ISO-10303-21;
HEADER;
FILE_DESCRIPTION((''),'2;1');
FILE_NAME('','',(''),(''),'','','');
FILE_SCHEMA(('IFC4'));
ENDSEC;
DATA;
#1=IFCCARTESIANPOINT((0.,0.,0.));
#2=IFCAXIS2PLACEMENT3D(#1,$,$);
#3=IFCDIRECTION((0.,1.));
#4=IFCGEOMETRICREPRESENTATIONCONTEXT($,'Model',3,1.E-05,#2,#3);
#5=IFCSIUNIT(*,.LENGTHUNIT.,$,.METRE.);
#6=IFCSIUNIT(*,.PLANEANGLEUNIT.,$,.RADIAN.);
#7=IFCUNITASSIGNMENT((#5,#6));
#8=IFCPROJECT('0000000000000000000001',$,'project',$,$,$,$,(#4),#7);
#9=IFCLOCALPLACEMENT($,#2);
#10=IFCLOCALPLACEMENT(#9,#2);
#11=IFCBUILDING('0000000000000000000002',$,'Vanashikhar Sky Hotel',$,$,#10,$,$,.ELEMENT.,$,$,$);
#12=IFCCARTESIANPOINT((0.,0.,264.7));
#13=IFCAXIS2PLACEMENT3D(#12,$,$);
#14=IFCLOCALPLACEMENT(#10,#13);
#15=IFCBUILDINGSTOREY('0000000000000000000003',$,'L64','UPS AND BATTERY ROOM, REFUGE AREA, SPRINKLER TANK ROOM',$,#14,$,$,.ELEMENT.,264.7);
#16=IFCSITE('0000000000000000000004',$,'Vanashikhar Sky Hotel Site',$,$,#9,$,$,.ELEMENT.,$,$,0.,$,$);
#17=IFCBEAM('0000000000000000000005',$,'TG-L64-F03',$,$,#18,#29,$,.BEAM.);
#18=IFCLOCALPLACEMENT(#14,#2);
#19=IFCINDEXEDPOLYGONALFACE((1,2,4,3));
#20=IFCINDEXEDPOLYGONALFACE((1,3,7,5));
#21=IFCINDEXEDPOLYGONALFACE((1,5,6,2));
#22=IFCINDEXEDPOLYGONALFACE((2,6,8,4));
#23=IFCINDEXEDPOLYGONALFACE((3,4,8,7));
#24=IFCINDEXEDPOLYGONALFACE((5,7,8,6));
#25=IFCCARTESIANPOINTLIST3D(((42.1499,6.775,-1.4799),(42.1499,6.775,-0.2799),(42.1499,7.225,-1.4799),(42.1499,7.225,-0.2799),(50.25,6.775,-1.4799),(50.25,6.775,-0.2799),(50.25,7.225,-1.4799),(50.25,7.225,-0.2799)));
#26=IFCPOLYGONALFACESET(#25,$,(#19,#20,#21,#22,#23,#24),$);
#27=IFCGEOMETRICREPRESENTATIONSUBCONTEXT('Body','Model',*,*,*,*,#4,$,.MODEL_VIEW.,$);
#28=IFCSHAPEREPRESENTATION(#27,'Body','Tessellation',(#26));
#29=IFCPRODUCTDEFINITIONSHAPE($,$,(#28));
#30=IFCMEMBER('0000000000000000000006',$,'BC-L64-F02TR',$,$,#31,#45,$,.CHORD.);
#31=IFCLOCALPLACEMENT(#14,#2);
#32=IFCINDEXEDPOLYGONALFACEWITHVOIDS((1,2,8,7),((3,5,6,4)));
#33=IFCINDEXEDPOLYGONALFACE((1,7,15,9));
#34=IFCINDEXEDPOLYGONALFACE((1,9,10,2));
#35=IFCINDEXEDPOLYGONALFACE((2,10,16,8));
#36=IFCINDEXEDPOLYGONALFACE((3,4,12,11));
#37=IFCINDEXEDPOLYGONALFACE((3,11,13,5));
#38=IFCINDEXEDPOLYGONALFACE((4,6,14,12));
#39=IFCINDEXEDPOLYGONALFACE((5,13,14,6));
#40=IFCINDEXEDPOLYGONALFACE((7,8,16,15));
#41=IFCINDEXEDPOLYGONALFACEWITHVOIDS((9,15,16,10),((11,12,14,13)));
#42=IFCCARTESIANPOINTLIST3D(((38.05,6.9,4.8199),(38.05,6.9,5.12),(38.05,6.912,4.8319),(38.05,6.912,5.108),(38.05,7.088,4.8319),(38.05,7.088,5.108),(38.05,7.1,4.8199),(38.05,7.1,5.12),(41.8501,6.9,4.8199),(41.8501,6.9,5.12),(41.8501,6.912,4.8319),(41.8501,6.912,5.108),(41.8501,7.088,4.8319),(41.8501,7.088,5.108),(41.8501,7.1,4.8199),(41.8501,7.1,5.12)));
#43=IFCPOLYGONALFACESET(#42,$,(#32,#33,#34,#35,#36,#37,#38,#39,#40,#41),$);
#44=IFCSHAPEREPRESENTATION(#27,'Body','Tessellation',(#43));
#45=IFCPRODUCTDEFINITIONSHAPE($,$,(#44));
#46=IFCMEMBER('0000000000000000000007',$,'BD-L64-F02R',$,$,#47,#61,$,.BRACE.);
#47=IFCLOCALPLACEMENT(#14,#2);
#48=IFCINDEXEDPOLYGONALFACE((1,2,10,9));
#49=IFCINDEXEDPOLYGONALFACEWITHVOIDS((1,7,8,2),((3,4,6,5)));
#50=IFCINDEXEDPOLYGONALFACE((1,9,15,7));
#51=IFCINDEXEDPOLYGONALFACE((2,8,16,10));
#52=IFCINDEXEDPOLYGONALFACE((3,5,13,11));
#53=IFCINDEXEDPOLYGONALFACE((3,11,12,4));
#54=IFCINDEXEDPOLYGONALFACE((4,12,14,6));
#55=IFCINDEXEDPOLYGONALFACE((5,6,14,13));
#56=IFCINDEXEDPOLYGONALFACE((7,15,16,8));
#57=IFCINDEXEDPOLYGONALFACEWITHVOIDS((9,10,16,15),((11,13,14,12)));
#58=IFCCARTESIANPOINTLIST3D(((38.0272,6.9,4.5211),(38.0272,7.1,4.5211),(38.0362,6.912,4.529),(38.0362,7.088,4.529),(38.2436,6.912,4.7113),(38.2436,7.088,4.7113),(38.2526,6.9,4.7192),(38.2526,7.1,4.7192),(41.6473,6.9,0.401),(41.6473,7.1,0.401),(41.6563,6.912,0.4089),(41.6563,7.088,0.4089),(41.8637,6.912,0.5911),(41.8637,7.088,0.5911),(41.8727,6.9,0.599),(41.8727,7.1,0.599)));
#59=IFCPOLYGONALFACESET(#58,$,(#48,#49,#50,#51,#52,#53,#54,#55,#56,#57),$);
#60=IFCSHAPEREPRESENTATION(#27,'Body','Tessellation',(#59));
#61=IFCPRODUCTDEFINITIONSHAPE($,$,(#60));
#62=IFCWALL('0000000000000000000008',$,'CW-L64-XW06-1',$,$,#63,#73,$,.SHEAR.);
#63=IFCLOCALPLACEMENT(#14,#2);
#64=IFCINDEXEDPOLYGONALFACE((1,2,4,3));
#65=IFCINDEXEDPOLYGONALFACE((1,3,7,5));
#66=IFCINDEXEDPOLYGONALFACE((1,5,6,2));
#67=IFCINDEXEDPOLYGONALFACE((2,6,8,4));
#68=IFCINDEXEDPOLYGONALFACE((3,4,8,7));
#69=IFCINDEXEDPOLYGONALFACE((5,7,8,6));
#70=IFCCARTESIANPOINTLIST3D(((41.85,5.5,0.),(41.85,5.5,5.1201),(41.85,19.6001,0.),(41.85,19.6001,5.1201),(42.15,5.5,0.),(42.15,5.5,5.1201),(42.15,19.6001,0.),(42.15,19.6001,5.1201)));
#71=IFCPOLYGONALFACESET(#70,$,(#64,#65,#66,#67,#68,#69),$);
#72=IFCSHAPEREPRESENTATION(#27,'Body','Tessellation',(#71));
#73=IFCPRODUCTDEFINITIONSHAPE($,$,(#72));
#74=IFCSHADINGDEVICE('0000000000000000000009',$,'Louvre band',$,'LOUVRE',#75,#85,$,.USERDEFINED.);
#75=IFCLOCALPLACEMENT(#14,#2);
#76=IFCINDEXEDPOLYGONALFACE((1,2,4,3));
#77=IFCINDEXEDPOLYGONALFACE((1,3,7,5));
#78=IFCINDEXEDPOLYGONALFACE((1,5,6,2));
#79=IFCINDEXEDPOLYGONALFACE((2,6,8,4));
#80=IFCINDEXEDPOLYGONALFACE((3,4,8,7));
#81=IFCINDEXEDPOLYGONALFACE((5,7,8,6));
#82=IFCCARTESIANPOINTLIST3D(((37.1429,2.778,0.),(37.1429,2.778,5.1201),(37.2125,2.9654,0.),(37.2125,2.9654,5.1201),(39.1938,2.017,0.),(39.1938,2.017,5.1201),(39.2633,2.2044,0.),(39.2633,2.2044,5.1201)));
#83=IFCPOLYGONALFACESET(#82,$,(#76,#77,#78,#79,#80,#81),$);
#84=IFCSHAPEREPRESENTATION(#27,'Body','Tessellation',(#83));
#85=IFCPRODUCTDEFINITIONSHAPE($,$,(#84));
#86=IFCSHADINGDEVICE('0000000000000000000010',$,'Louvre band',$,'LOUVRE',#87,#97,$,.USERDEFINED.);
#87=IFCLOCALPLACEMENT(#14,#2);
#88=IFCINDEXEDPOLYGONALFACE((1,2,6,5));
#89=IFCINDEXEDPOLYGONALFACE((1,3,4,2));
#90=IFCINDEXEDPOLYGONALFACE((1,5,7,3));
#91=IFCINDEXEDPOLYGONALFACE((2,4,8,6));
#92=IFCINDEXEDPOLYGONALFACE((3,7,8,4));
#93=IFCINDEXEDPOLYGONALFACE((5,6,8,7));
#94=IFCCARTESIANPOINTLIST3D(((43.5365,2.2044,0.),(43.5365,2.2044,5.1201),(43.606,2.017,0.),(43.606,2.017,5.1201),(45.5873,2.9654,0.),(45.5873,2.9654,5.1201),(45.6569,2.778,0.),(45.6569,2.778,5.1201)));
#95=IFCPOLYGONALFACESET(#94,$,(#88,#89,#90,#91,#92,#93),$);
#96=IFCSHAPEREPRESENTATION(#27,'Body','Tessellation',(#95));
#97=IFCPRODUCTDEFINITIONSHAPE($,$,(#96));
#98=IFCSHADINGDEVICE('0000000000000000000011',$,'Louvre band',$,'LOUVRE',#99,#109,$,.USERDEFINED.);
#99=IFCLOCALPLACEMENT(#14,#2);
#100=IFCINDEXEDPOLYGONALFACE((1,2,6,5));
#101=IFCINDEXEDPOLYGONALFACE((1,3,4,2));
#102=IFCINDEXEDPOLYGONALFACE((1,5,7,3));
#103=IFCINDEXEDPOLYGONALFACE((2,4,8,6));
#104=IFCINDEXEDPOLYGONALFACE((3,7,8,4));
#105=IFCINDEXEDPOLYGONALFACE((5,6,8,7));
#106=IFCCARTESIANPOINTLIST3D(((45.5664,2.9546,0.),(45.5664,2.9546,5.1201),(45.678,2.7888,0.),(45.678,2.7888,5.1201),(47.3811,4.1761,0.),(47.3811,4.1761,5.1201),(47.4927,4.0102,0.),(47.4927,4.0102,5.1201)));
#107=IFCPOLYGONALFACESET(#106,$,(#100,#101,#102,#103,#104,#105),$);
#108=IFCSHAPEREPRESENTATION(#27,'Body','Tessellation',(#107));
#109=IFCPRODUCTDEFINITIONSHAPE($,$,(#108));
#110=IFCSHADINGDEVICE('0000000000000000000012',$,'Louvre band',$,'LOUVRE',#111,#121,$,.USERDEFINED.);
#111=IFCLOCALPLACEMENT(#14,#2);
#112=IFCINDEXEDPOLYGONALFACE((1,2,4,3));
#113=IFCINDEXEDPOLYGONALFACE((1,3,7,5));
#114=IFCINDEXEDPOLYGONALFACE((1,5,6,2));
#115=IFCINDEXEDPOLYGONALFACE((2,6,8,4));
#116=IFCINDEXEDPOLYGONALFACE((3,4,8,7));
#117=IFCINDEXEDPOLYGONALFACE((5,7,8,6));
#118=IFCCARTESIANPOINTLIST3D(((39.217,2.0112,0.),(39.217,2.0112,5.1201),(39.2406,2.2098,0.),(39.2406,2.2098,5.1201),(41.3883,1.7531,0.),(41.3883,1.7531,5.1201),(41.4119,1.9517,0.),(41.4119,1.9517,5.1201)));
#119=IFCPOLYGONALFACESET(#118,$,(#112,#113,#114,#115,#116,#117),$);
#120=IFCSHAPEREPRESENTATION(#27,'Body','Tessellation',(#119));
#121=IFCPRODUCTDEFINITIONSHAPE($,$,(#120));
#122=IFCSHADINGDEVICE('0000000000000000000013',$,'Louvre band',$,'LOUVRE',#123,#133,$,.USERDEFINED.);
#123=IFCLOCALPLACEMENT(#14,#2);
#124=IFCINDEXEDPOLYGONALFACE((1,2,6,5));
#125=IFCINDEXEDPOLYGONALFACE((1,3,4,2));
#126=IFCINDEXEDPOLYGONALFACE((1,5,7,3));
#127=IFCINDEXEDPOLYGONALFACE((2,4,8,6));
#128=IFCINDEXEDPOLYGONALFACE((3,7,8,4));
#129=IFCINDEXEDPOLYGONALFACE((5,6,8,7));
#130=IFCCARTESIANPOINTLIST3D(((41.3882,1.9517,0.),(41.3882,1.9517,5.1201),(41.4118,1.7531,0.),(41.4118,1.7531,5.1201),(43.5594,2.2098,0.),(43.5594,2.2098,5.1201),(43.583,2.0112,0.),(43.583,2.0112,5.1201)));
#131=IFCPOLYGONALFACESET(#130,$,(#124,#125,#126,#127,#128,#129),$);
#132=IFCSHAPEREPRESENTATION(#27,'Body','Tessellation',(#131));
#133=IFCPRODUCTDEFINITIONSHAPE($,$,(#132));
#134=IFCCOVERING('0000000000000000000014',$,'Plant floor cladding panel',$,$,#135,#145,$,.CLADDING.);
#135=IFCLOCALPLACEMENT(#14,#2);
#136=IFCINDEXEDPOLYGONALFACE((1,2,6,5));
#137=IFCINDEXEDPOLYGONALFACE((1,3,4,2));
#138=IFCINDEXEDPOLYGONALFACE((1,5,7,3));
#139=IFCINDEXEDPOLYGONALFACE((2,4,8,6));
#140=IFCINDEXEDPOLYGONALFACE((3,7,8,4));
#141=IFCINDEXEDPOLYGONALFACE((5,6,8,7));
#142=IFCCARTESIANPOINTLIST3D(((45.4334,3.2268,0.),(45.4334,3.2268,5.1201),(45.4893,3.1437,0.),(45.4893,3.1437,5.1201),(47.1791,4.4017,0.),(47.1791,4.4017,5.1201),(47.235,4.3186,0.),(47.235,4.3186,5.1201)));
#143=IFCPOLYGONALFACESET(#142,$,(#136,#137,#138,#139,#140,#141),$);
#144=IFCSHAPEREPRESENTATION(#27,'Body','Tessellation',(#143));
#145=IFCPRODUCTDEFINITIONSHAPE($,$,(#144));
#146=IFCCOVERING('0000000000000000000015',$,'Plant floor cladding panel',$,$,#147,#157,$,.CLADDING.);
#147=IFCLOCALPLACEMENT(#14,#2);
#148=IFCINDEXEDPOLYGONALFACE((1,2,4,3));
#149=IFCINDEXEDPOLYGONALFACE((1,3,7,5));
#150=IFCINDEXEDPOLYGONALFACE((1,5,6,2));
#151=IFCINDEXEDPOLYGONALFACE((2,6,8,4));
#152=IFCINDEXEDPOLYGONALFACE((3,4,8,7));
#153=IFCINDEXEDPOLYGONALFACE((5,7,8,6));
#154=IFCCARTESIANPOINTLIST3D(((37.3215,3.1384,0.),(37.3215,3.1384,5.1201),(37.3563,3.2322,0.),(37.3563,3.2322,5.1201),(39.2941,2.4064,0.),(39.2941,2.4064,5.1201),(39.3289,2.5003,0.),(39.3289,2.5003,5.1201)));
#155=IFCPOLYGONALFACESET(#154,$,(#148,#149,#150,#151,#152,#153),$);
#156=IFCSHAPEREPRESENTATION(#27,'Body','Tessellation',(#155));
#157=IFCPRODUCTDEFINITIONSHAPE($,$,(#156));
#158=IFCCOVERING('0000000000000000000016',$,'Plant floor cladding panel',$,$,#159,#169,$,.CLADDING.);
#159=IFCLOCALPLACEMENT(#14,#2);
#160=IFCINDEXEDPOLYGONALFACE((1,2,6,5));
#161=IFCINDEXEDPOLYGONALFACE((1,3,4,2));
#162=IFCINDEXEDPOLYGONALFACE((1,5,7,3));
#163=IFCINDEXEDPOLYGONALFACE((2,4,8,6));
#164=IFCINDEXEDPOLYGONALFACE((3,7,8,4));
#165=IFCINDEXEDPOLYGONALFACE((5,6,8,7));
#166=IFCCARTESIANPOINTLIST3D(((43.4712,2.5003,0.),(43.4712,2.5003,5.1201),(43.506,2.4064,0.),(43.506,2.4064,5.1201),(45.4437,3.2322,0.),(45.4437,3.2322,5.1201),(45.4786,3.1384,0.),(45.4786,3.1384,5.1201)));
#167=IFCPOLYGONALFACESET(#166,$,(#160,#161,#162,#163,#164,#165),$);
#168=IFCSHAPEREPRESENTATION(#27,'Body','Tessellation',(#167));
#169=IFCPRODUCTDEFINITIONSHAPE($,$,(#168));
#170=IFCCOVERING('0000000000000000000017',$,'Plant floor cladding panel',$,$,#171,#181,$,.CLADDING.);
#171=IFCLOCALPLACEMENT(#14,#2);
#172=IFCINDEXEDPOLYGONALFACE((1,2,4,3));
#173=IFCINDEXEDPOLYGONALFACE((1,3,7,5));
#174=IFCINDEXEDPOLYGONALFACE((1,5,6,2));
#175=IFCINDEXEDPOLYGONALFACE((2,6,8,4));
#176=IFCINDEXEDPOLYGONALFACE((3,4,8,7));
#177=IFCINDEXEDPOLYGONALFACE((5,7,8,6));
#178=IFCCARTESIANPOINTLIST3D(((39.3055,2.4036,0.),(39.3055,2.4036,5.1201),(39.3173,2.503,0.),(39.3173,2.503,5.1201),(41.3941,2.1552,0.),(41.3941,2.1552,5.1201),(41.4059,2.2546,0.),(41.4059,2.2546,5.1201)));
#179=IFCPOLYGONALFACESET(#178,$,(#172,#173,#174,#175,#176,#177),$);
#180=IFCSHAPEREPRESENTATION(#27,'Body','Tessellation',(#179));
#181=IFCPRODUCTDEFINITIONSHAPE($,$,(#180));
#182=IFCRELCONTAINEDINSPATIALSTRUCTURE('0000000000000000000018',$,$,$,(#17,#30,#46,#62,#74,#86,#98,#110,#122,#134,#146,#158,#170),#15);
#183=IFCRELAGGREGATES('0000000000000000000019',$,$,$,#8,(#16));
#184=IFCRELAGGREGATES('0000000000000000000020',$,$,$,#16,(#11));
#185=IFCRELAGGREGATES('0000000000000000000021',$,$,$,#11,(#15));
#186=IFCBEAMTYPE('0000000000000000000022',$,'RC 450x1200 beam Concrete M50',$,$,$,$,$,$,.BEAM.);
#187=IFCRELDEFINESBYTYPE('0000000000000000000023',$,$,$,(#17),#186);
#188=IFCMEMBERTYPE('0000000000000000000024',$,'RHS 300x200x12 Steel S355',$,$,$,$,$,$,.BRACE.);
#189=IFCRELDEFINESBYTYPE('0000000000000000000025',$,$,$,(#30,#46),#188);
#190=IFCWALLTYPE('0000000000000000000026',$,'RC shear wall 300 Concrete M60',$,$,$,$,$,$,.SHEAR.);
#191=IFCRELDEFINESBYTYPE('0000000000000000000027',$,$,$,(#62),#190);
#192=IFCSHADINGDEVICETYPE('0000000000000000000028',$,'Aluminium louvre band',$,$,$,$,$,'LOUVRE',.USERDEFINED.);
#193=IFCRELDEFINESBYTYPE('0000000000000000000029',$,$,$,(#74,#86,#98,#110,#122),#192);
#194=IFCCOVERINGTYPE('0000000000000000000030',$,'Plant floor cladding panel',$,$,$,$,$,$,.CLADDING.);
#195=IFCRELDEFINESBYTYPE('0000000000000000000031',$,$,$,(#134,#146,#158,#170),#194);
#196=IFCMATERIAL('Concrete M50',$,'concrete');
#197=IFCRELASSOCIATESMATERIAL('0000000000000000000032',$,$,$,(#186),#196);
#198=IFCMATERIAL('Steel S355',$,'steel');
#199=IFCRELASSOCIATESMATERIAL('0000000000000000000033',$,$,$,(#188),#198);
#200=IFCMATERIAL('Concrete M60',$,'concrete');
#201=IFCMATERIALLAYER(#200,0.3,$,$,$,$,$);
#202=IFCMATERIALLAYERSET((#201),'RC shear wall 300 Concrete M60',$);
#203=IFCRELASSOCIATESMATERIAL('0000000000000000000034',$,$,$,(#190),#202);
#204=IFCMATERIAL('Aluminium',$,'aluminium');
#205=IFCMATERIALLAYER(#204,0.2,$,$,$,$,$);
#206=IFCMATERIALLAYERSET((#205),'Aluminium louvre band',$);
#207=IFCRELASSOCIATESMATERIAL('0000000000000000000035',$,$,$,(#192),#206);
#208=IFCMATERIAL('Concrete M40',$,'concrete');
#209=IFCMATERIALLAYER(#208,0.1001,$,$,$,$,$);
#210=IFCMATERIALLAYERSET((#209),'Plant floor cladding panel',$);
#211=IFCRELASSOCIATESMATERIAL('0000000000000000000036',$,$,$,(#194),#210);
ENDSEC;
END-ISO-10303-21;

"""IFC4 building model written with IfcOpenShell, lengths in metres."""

from ifc_helpers import new_model, si_unit, direction, frame, frame_2d, origin, origin_2d, place, context, subcontext, project, spatial, rectangle, hollow_rectangle, extrude, source, transform, mapped, material, layer, layer_set, material_profile, profile_set, type_object, element, save


model = new_model("IFC4")

# Units and contexts
model_context = context("Model", 3, precision=1e-05, world=origin(), true_north=direction((0.0, 1.0)))
body_context = subcontext(model_context, "Body", "Model", "MODEL_VIEW")
ifc_project = project(units=[si_unit("LENGTHUNIT", "METRE"), si_unit("PLANEANGLEUNIT", "RADIAN")], contexts=[model_context])

# Site, building, storey
site_placement = place(None, origin())
site = spatial("IfcSite", under=ifc_project, at=site_placement, Name="Vanashikhar Sky Hotel Site", CompositionType="ELEMENT", RefElevation=0.0)
building_placement = place(site_placement, origin())
building = spatial("IfcBuilding", under=site, at=building_placement, Name="Vanashikhar Sky Hotel", CompositionType="ELEMENT")
storey_placement = place(building_placement, frame((0.0, 0.0, 264.7)))
storey = spatial("IfcBuildingStorey", under=building, at=storey_placement, Name="L64", Description="UPS AND BATTERY ROOM, REFUGE AREA, SPRINKLER TANK ROOM", CompositionType="ELEMENT", Elevation=264.7)

# Beam
ifc_material_1 = material(Name="Concrete M50", Category="concrete")
ifc_material_profile_1 = material_profile(ifc_material_1, rectangle(XDim=0.45, YDim=1.2, at=origin_2d()))
ifc_profile_set_1 = profile_set([ifc_material_profile_1], Name="RC 450x1200 beam Concrete M50")
beam_type = type_object("IfcBeamType", Name="RC 450x1200 beam Concrete M50", PredefinedType="BEAM", material=ifc_profile_set_1)
shared_shape_1 = source(origin(), body_context, "Body", "SweptSolid", [
    extrude(rectangle(XDim=0.45, YDim=1.2, at=origin_2d()), origin(), (0.0, 0.0, 1.0), 8.1001),
])
beam_placement = place(storey_placement, frame((42.1499, 7.0, -0.8799), z_axis=(1.0, 0.0, 0.0), x_axis=(0.0, 1.0, 0.0)))
element("IfcBeam", 1, at=beam_placement, inside=storey, type_object=beam_type, Name="TG-L64-F03", PredefinedType="BEAM", context=body_context, shape_type="MappedRepresentation", body=[
    mapped(shared_shape_1, transform((0.0, 0.0, 0.0), scale=1.0)),
])

# Members
ifc_material_2 = material(Name="Steel S355", Category="steel")
ifc_material_profile_2 = material_profile(ifc_material_2, hollow_rectangle(XDim=0.2, YDim=0.3, WallThickness=0.012, at=origin_2d()))
ifc_profile_set_2 = profile_set([ifc_material_profile_2], Name="RHS 300x200x12 Steel S355")
member_type = type_object("IfcMemberType", Name="RHS 300x200x12 Steel S355", PredefinedType="BRACE", material=ifc_profile_set_2)
shared_shape_2 = source(origin(), body_context, "Body", "SweptSolid", [
    extrude(hollow_rectangle(XDim=0.2, YDim=0.3, WallThickness=0.012, at=origin_2d()), origin(), (0.0, 0.0, 1.0), 3.8),
])
member_1_placement = place(storey_placement, frame((38.05, 7.0, 4.97), z_axis=(1.0, 0.0, 0.0), x_axis=(0.0, 1.0, 0.0)))
element("IfcMember", 2, at=member_1_placement, inside=storey, type_object=member_type, Name="BC-L64-F02TR", PredefinedType="CHORD", context=body_context, shape_type="MappedRepresentation", body=[
    mapped(shared_shape_2, transform((0.0, 0.0, 0.0), scale=1.0)),
])
shared_shape_3 = source(origin(), body_context, "Body", "SweptSolid", [
    extrude(hollow_rectangle(XDim=0.2, YDim=0.3, WallThickness=0.012, at=origin_2d()), origin(), (0.0, 0.0, 1.0), 5.4846),
])
member_2_placement = place(storey_placement, frame((41.76, 7.0, 0.5), z_axis=(-0.660054, 0.0, 0.751218), x_axis=(0.0, -1.0, 0.0)))
element("IfcMember", 3, at=member_2_placement, inside=storey, type_object=member_type, Name="BD-L64-F02R", PredefinedType="BRACE", context=body_context, shape_type="MappedRepresentation", body=[
    mapped(shared_shape_3, transform((0.0, 0.0, 0.0), scale=1.0)),
])

# Wall
ifc_material_3 = material(Name="Concrete M60", Category="concrete")
ifc_layer_1 = layer(ifc_material_3, 0.3)
ifc_layer_set_1 = layer_set([ifc_layer_1], Name="RC shear wall 300 Concrete M60")
wall_type = type_object("IfcWallType", Name="RC shear wall 300 Concrete M60", PredefinedType="SHEAR", material=ifc_layer_set_1)
shared_shape_4 = source(origin(), body_context, "Body", "SweptSolid", [
    extrude(rectangle(XDim=14.1001, YDim=0.3, at=frame_2d((7.05, 0.0))), origin(), (0.0, 0.0, 1.0), 5.1201),
])
wall_placement = place(storey_placement, frame((42.0, 5.5, 0.0), z_axis=(0.0, 0.0, 1.0), x_axis=(0.0, 1.0, 0.0)))
element("IfcWall", 4, at=wall_placement, inside=storey, type_object=wall_type, Name="CW-L64-XW06-1", PredefinedType="SHEAR", context=body_context, shape_type="MappedRepresentation", body=[
    mapped(shared_shape_4, transform((0.0, 0.0, 0.0), scale=1.0)),
])

# Shading devices
ifc_material_4 = material(Name="Aluminium", Category="aluminium")
ifc_layer_2 = layer(ifc_material_4, 0.2)
ifc_layer_set_2 = layer_set([ifc_layer_2], Name="Aluminium louvre band")
shading_device_type = type_object("IfcShadingDeviceType", Name="Aluminium louvre band", ElementType="LOUVRE", PredefinedType="USERDEFINED", material=ifc_layer_set_2)
shared_shape_5 = source(origin(), body_context, "Body", "SweptSolid", [
    extrude(rectangle(XDim=2.1875, YDim=0.2, at=origin_2d()), origin(), (0.0, 0.0, 1.0), 5.1201),
])
for number, where, z_axis, x_axis, name in (
    (5, (38.2031, 2.4912, 0.0), (0.0, 0.0, 1.0), (0.937537, -0.347885, 0.0), "Louvre band"),
    (6, (44.5967, 2.4912, 0.0), (0.0, 0.0, 1.0), (0.937537, 0.347885, 0.0), "Louvre band"),
    (7, (46.5295, 3.4824, 0.0), (0.0, 0.0, 1.0), (0.829584, 0.558382, 0.0), "Louvre band"),
):
    element("IfcShadingDevice", number, at=place(storey_placement, frame(where, z_axis=z_axis, x_axis=x_axis)), inside=storey, type_object=shading_device_type, Name=name, ObjectType="LOUVRE", PredefinedType="USERDEFINED", context=body_context, shape_type="MappedRepresentation", body=[
        mapped(shared_shape_5, transform((0.0, 0.0, 0.0), scale=1.0)),
    ])
shared_shape_6 = source(origin(), body_context, "Body", "SweptSolid", [
    extrude(rectangle(XDim=2.1865, YDim=0.2, at=origin_2d()), origin(), (0.0, 0.0, 1.0), 5.1201),
])
for number, where, z_axis, x_axis, name in (
    (8, (40.3145, 1.9814, 0.0), (0.0, 0.0, 1.0), (0.993009, -0.11804, 0.0), "Louvre band"),
    (9, (42.4856, 1.9814, 0.0), (0.0, 0.0, 1.0), (0.993009, 0.11804, 0.0), "Louvre band"),
):
    element("IfcShadingDevice", number, at=place(storey_placement, frame(where, z_axis=z_axis, x_axis=x_axis)), inside=storey, type_object=shading_device_type, Name=name, ObjectType="LOUVRE", PredefinedType="USERDEFINED", context=body_context, shape_type="MappedRepresentation", body=[
        mapped(shared_shape_6, transform((0.0, 0.0, 0.0), scale=1.0)),
    ])

# Coverings
ifc_material_5 = material(Name="Concrete M40", Category="concrete")
ifc_layer_3 = layer(ifc_material_5, 0.1001)
ifc_layer_set_3 = layer_set([ifc_layer_3], Name="Plant floor cladding panel")
covering_type_1 = type_object("IfcCoveringType", Name="Plant floor cladding panel", PredefinedType="CLADDING", material=ifc_layer_set_3)
shared_shape_7 = source(origin(), body_context, "Body", "SweptSolid", [
    extrude(rectangle(XDim=2.1042, YDim=0.1001, at=origin_2d()), origin(), (0.0, 0.0, 1.0), 5.1201),
])
covering_1_placement = place(storey_placement, frame((46.3342, 3.7727, 0.0), z_axis=(0.0, 0.0, 1.0), x_axis=(0.829603, 0.558353, 0.0)))
element("IfcCovering", 10, at=covering_1_placement, inside=storey, type_object=covering_type_1, Name="Plant floor cladding panel", PredefinedType="CLADDING", context=body_context, shape_type="MappedRepresentation", body=[
    mapped(shared_shape_7, transform((0.0, 0.0, 0.0), scale=1.0)),
])
shared_shape_8 = source(origin(), body_context, "Body", "SweptSolid", [
    extrude(rectangle(XDim=2.104, YDim=0.1001, at=origin_2d()), origin(), (0.0, 0.0, 1.0), 5.1201),
])
for number, where, z_axis, x_axis, name in (
    (11, (38.3252, 2.8193, 0.0), (0.0, 0.0, 1.0), (0.937537, -0.347885, 0.0), "Plant floor cladding panel"),
    (12, (44.4749, 2.8193, 0.0), (0.0, 0.0, 1.0), (0.937537, 0.347885, 0.0), "Plant floor cladding panel"),
):
    element("IfcCovering", number, at=place(storey_placement, frame(where, z_axis=z_axis, x_axis=x_axis)), inside=storey, type_object=covering_type_1, Name=name, PredefinedType="CLADDING", context=body_context, shape_type="MappedRepresentation", body=[
        mapped(shared_shape_8, transform((0.0, 0.0, 0.0), scale=1.0)),
    ])
shared_shape_9 = source(origin(), body_context, "Body", "SweptSolid", [
    extrude(rectangle(XDim=2.1033, YDim=0.1001, at=origin_2d()), origin(), (0.0, 0.0, 1.0), 5.1201),
])
for number, where, z_axis, x_axis, name in (
    (13, (40.3557, 2.3291, 0.0), (0.0, 0.0, 1.0), (0.993003, -0.118092, 0.0), "Plant floor cladding panel"),
):
    element("IfcCovering", number, at=place(storey_placement, frame(where, z_axis=z_axis, x_axis=x_axis)), inside=storey, type_object=covering_type_1, Name=name, PredefinedType="CLADDING", context=body_context, shape_type="MappedRepresentation", body=[
        mapped(shared_shape_9, transform((0.0, 0.0, 0.0), scale=1.0)),
    ])

save(model, "model.ifc")
